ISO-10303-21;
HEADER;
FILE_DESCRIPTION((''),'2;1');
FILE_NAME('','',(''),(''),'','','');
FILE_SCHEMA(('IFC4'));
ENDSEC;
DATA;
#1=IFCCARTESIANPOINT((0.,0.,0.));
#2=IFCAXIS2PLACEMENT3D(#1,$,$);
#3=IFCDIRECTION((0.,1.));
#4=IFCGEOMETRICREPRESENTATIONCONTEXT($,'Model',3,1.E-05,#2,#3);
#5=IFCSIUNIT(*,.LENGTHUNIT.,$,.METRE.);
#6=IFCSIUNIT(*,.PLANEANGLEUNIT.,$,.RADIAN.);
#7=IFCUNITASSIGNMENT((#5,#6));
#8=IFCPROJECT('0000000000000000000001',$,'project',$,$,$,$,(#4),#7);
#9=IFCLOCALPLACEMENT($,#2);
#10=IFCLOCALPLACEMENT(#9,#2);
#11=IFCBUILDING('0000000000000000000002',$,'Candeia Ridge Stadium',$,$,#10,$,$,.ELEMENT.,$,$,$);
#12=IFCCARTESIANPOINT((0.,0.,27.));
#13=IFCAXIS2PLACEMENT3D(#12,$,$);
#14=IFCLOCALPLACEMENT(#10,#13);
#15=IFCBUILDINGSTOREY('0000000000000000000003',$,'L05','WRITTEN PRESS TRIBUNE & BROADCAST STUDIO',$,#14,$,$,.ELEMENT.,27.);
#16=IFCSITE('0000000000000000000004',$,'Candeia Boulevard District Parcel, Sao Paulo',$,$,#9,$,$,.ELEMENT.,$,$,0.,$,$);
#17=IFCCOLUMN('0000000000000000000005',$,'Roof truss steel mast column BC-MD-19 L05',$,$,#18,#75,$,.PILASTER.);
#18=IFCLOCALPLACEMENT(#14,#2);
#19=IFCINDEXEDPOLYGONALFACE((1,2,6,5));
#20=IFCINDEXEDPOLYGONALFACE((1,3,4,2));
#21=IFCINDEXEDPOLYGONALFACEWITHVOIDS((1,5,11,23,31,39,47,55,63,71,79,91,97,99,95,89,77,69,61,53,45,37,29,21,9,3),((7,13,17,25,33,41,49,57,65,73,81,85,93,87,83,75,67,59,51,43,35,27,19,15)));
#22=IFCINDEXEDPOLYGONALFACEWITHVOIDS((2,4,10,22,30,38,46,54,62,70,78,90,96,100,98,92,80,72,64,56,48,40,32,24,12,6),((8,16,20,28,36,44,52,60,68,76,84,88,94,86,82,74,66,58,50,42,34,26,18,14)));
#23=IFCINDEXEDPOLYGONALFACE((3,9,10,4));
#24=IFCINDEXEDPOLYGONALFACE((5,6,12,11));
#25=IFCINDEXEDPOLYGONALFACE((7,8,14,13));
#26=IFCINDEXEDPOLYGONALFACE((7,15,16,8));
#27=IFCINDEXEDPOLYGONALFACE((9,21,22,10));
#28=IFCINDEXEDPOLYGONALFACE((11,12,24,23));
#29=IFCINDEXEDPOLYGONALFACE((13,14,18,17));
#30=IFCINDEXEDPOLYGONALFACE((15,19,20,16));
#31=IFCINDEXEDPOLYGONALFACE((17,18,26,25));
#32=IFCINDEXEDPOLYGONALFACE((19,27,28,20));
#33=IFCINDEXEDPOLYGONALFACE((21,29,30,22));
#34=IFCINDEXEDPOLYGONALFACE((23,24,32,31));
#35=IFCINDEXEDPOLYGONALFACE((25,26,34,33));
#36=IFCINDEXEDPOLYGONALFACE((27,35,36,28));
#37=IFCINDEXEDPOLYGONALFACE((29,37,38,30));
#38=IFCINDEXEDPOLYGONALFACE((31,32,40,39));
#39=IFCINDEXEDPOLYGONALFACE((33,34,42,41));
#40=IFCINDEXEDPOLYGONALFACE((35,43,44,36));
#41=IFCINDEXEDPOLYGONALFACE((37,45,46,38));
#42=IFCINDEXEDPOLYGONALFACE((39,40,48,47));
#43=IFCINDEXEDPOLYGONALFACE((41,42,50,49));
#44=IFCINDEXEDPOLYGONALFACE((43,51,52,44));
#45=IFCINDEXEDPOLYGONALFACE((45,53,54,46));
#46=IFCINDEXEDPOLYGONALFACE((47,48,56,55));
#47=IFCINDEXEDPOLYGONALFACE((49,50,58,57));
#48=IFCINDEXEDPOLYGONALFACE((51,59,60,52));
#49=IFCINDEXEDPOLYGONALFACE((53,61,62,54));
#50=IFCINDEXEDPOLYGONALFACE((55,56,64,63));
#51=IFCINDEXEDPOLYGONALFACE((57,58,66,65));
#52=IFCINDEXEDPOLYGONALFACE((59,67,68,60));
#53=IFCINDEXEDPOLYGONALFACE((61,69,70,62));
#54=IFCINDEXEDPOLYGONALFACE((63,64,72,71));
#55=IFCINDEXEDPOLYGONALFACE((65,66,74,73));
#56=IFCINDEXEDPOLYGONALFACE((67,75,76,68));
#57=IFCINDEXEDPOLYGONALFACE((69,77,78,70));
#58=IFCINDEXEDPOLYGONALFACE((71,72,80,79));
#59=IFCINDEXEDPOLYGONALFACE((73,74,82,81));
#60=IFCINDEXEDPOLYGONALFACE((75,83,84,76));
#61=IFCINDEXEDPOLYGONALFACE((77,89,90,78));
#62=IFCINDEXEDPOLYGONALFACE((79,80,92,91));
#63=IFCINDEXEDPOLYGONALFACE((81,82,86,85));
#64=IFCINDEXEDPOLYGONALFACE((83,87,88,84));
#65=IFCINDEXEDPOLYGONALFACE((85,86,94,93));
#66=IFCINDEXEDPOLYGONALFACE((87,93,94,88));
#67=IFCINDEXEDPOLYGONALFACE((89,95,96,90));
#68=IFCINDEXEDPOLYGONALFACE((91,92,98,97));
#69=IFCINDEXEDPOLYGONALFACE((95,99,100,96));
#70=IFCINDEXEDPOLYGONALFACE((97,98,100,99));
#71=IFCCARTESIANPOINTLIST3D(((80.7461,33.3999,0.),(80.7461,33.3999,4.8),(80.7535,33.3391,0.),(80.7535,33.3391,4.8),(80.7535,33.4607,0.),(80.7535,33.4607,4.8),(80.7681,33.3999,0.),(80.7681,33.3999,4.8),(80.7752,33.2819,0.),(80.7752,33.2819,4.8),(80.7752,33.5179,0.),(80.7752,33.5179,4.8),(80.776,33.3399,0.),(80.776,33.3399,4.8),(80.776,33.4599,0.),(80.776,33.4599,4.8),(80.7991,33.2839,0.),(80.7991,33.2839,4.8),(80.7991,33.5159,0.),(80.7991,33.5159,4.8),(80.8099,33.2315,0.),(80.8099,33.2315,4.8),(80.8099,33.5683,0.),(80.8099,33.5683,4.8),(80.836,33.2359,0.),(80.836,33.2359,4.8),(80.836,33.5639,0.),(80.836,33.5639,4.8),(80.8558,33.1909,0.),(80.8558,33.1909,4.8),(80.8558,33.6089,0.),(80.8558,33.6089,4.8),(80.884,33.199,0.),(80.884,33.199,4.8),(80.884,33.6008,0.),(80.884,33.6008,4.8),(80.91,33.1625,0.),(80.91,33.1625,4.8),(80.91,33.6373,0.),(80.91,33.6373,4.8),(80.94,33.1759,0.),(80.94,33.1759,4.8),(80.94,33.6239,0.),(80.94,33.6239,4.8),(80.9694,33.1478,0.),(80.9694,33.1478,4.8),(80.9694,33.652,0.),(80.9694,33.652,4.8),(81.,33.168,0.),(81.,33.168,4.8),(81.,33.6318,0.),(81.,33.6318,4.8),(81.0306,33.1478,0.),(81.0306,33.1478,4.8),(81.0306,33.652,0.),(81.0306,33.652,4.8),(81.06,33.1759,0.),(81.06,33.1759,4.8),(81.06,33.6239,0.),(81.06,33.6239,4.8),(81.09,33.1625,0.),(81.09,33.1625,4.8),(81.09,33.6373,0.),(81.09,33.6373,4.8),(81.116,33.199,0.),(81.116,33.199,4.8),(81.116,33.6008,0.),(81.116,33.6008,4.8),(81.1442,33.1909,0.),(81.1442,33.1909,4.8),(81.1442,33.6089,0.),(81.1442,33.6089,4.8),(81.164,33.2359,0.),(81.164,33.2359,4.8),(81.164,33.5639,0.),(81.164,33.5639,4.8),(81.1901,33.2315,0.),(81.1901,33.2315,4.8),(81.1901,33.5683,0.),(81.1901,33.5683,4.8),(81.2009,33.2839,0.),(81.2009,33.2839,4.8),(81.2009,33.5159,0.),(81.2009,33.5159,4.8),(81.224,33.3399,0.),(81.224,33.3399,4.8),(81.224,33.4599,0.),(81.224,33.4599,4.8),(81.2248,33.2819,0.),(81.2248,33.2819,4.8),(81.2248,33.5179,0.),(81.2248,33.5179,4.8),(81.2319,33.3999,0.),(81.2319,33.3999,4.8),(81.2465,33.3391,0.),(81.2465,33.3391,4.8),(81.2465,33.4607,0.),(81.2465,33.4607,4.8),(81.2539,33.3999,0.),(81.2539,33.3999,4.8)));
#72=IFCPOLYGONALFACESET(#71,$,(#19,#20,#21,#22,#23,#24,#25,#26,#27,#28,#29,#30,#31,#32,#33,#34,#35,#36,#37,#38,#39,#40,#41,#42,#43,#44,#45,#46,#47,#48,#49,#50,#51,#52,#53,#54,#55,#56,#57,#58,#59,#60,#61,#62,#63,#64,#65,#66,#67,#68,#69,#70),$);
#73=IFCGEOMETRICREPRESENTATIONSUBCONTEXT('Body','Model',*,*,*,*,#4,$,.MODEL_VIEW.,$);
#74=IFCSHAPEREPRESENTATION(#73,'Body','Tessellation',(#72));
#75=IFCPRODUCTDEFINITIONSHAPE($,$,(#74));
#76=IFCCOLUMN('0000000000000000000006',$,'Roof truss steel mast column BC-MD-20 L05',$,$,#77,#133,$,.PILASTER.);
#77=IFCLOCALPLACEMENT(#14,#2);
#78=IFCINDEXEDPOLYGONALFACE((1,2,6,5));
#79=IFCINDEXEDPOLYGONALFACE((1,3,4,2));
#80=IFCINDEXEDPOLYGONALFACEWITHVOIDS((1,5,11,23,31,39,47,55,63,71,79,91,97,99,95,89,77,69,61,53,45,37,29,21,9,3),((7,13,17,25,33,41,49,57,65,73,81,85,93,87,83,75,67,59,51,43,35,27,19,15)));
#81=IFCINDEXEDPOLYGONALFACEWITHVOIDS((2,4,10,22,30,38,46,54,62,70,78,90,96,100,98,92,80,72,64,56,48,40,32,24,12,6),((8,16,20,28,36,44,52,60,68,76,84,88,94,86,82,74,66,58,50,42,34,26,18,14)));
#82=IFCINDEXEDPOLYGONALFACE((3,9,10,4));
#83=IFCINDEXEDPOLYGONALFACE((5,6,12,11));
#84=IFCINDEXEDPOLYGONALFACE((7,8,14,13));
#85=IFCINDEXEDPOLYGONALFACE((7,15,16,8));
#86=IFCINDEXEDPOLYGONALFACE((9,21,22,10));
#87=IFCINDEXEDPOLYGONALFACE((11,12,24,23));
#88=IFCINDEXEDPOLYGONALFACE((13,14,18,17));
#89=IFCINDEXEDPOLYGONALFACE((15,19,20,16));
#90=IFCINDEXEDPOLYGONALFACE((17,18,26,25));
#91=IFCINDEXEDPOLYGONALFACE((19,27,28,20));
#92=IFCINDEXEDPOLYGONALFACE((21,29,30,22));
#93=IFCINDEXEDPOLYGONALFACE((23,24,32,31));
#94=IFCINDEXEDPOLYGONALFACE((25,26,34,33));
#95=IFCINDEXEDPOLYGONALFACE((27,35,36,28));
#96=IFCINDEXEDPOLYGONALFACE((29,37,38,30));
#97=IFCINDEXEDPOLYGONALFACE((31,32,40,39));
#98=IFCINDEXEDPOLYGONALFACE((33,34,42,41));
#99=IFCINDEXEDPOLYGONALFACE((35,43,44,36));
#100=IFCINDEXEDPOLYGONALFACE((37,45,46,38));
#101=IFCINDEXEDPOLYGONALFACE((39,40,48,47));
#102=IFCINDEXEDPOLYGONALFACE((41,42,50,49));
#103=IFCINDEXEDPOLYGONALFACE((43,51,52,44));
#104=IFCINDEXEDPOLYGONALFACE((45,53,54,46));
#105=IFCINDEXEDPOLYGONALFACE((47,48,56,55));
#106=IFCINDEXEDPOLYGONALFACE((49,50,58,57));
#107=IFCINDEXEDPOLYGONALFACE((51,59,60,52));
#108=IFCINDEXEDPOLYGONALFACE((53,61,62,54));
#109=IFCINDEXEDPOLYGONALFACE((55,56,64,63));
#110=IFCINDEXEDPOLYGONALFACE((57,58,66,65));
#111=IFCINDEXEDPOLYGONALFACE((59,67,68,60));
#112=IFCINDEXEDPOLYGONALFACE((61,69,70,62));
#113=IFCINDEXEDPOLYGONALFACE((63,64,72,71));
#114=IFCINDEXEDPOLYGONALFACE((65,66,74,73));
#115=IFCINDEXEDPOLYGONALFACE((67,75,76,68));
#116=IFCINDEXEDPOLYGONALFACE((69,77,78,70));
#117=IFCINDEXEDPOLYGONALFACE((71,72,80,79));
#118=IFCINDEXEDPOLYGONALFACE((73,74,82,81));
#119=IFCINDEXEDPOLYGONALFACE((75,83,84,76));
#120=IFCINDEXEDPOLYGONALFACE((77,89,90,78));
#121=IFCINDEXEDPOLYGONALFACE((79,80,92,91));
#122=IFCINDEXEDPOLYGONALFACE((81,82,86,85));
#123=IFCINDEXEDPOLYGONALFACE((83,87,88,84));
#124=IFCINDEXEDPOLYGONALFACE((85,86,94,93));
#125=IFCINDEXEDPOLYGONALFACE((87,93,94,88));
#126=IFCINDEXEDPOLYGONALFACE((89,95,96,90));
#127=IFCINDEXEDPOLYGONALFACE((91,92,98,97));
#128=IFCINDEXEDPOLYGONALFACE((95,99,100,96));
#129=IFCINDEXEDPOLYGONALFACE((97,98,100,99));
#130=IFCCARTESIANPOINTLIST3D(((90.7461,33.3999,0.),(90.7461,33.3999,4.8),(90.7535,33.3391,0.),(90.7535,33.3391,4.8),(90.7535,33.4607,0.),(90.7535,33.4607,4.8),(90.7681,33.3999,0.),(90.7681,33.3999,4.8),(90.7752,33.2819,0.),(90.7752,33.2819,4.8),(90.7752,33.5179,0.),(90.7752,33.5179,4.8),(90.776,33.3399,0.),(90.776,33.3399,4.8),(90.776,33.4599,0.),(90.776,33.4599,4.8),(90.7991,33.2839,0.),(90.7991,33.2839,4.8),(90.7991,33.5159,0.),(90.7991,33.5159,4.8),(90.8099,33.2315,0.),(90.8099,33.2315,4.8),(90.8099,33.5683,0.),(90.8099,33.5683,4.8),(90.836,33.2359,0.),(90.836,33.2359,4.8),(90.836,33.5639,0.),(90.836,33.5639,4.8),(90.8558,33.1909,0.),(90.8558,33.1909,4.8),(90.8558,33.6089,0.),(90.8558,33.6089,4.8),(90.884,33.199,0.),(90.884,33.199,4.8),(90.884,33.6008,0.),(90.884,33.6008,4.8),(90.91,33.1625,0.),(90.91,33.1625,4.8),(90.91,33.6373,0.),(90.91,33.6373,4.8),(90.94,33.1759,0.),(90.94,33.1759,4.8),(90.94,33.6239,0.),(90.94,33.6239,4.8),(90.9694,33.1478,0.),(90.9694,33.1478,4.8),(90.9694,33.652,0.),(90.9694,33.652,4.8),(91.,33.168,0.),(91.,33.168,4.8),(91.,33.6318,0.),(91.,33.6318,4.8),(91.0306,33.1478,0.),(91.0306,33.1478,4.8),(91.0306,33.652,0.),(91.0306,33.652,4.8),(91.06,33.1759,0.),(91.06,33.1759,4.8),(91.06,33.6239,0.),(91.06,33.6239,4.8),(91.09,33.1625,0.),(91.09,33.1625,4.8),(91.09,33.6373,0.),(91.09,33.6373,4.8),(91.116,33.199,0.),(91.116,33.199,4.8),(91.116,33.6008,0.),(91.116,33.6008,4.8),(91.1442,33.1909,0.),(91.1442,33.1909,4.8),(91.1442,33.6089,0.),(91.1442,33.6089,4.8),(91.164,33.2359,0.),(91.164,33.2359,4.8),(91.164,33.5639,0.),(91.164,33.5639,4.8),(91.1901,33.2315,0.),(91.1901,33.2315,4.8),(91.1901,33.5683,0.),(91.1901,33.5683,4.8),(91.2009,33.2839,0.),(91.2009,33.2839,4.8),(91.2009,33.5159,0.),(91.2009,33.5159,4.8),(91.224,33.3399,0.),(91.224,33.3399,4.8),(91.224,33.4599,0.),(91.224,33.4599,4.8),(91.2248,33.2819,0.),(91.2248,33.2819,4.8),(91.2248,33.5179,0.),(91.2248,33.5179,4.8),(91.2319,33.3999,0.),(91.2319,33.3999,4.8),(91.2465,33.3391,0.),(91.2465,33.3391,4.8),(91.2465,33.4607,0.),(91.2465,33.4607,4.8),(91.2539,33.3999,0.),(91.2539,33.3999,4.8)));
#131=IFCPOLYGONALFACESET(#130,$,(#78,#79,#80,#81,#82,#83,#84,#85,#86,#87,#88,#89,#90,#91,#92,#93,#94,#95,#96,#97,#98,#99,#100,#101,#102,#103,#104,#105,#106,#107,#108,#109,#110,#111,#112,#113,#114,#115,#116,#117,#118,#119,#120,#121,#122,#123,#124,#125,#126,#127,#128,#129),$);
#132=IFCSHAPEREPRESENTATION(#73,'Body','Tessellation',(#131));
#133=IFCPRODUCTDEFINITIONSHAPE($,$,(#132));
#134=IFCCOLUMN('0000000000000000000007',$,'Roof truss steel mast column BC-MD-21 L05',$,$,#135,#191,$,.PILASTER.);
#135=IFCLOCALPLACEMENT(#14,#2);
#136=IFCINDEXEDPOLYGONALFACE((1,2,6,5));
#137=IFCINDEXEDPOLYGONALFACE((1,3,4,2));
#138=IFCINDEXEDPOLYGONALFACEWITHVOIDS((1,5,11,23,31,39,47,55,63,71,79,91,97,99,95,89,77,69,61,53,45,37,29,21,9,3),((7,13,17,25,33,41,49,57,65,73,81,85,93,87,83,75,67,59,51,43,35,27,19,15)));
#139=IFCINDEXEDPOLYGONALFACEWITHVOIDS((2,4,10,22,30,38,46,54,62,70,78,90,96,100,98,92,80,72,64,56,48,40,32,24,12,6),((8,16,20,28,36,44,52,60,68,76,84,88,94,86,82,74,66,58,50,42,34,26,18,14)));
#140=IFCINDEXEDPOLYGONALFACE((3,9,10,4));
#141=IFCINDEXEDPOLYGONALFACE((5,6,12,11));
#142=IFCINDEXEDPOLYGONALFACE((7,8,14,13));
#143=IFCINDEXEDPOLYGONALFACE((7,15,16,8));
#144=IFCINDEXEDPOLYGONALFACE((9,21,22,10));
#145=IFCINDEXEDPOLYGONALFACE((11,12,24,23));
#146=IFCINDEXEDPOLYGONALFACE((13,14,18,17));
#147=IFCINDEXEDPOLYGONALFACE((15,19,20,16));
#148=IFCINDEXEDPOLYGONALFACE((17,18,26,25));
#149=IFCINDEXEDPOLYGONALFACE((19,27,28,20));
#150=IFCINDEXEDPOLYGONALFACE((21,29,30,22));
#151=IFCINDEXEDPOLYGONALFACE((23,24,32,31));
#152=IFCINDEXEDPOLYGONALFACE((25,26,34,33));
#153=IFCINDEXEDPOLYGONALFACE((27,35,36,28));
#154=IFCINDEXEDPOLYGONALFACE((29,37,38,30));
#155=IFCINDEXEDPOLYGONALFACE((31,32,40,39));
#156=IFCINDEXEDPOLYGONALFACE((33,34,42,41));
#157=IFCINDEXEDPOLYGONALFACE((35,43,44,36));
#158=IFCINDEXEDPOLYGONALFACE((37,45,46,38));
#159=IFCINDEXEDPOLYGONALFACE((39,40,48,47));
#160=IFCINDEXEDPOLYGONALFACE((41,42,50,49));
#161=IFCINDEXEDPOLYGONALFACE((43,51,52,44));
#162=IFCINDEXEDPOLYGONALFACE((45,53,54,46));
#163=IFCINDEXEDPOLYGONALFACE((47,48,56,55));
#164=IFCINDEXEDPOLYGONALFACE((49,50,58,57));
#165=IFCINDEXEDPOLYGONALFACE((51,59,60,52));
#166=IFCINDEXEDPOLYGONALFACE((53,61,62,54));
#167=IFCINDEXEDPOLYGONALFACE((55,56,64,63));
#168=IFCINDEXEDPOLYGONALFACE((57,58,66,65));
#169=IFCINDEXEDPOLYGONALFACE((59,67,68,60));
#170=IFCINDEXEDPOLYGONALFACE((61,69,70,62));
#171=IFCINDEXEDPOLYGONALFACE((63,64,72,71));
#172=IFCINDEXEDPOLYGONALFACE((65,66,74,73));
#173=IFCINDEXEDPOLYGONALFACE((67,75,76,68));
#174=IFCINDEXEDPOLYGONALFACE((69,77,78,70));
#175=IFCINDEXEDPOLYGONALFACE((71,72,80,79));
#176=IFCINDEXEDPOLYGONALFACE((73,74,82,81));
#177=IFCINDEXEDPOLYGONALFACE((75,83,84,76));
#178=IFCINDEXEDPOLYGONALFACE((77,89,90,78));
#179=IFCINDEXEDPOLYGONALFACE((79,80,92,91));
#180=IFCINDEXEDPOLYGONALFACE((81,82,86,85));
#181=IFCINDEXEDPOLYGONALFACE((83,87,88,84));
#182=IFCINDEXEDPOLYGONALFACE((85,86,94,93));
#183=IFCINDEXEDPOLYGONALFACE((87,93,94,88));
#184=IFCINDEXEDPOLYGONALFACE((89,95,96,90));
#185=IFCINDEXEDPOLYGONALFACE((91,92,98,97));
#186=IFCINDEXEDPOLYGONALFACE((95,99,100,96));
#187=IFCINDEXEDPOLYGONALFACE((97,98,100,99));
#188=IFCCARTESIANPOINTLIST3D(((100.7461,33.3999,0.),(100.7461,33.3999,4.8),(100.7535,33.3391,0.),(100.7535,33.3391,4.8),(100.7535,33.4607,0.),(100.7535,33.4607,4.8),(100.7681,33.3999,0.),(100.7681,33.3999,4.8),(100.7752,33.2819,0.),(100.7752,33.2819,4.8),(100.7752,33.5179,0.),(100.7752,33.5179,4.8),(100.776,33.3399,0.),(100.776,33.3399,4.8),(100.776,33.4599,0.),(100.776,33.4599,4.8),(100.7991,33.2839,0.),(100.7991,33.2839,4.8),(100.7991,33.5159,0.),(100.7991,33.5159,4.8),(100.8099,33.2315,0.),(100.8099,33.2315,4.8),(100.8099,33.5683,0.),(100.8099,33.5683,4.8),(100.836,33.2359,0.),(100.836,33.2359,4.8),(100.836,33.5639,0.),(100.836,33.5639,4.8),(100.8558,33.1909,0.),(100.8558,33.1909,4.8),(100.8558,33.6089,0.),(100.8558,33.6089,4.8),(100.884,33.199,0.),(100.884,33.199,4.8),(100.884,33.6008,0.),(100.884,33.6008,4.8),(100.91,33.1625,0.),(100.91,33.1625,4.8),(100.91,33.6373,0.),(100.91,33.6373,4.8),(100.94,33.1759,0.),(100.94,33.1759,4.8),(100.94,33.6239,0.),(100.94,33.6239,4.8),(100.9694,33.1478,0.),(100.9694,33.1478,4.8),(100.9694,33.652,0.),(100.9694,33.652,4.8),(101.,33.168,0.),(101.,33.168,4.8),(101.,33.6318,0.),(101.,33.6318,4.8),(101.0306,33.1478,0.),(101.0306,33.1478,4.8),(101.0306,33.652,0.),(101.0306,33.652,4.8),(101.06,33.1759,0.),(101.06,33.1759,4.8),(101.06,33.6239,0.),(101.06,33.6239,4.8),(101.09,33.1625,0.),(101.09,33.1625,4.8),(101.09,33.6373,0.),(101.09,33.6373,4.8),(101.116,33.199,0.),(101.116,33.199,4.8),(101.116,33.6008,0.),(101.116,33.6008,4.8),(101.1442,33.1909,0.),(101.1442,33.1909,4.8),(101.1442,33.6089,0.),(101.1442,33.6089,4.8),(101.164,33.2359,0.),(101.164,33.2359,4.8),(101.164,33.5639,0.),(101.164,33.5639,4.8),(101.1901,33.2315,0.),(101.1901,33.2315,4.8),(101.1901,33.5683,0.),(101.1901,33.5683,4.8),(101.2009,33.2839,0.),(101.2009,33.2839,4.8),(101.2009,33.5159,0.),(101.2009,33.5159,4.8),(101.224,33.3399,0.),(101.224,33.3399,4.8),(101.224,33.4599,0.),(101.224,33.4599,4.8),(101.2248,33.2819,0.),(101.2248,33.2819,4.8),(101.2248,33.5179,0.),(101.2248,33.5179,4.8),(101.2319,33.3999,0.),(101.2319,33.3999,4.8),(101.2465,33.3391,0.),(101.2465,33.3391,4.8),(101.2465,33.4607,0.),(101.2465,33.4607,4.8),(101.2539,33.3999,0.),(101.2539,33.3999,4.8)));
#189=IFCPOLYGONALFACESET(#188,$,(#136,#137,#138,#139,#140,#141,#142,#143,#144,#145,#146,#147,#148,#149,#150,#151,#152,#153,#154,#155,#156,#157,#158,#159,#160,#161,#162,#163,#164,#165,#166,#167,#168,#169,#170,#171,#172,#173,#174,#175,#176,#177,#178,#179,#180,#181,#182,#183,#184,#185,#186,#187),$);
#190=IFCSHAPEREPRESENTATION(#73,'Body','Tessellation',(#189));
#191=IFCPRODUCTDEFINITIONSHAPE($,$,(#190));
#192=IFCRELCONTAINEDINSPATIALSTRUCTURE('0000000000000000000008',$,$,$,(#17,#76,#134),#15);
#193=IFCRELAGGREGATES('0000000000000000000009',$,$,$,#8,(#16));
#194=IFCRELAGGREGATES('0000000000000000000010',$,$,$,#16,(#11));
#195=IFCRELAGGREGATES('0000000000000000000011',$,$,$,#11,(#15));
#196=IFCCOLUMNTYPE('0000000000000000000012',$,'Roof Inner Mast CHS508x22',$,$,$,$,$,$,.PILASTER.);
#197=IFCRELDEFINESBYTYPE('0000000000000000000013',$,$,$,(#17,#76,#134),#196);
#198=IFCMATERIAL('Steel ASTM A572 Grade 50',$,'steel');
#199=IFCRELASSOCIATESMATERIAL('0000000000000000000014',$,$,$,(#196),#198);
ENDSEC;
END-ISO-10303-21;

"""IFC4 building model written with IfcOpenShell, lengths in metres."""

from ifc_helpers import new_model, si_unit, direction, frame, origin, origin_2d, place, context, subcontext, project, spatial, hollow_circle, extrude, material, material_profile, profile_set, type_object, element, save


model = new_model("IFC4")

# Units and contexts
model_context = context("Model", 3, precision=1e-05, world=origin(), true_north=direction((0.0, 1.0)))
body_context = subcontext(model_context, "Body", "Model", "MODEL_VIEW")
ifc_project = project(units=[si_unit("LENGTHUNIT", "METRE"), si_unit("PLANEANGLEUNIT", "RADIAN")], contexts=[model_context])

# Site, building, storey
site_placement = place(None, origin())
site = spatial("IfcSite", under=ifc_project, at=site_placement, Name="Candeia Boulevard District Parcel, Sao Paulo", CompositionType="ELEMENT", RefElevation=0.0)
building_placement = place(site_placement, origin())
building = spatial("IfcBuilding", under=site, at=building_placement, Name="Candeia Ridge Stadium", CompositionType="ELEMENT")
storey_placement = place(building_placement, frame((0.0, 0.0, 27.0)))
storey = spatial("IfcBuildingStorey", under=building, at=storey_placement, Name="L05", Description="WRITTEN PRESS TRIBUNE & BROADCAST STUDIO", CompositionType="ELEMENT", Elevation=27.0)

# Columns
ifc_material_1 = material(Name="Steel ASTM A572 Grade 50", Category="steel")
ifc_material_profile_1 = material_profile(ifc_material_1, hollow_circle(Radius=0.2539, WallThickness=0.022, at=origin_2d()), Name="CHS508x22", Category="steel")
ifc_profile_set_1 = profile_set([ifc_material_profile_1], Name="Steel ASTM A572 Grade 50")
column_type_1 = type_object("IfcColumnType", Name="Roof Inner Mast CHS508x22", PredefinedType="PILASTER", material=ifc_profile_set_1)
for number, where, z_axis, x_axis, name in (
    (1, (81.0, 33.3999, 0.0), (0.0, 0.0, 1.0), (1.0, 0.0, 0.0), "Roof truss steel mast column BC-MD-19 L05"),
    (2, (91.0, 33.3999, 0.0), (0.0, 0.0, 1.0), (1.0, 0.0, 0.0), "Roof truss steel mast column BC-MD-20 L05"),
    (3, (101.0, 33.3999, 0.0), (0.0, 0.0, 1.0), (1.0, 0.0, 0.0), "Roof truss steel mast column BC-MD-21 L05"),
):
    element("IfcColumn", number, at=place(storey_placement, frame(where, z_axis=z_axis, x_axis=x_axis)), inside=storey, type_object=column_type_1, Name=name, PredefinedType="PILASTER", context=body_context, shape_type="SweptSolid", body=[
        extrude(hollow_circle(Radius=0.2539, WallThickness=0.022, at=origin_2d()), origin(), (0.0, 0.0, 1.0), 4.8),
    ])

save(model, "model.ifc")
